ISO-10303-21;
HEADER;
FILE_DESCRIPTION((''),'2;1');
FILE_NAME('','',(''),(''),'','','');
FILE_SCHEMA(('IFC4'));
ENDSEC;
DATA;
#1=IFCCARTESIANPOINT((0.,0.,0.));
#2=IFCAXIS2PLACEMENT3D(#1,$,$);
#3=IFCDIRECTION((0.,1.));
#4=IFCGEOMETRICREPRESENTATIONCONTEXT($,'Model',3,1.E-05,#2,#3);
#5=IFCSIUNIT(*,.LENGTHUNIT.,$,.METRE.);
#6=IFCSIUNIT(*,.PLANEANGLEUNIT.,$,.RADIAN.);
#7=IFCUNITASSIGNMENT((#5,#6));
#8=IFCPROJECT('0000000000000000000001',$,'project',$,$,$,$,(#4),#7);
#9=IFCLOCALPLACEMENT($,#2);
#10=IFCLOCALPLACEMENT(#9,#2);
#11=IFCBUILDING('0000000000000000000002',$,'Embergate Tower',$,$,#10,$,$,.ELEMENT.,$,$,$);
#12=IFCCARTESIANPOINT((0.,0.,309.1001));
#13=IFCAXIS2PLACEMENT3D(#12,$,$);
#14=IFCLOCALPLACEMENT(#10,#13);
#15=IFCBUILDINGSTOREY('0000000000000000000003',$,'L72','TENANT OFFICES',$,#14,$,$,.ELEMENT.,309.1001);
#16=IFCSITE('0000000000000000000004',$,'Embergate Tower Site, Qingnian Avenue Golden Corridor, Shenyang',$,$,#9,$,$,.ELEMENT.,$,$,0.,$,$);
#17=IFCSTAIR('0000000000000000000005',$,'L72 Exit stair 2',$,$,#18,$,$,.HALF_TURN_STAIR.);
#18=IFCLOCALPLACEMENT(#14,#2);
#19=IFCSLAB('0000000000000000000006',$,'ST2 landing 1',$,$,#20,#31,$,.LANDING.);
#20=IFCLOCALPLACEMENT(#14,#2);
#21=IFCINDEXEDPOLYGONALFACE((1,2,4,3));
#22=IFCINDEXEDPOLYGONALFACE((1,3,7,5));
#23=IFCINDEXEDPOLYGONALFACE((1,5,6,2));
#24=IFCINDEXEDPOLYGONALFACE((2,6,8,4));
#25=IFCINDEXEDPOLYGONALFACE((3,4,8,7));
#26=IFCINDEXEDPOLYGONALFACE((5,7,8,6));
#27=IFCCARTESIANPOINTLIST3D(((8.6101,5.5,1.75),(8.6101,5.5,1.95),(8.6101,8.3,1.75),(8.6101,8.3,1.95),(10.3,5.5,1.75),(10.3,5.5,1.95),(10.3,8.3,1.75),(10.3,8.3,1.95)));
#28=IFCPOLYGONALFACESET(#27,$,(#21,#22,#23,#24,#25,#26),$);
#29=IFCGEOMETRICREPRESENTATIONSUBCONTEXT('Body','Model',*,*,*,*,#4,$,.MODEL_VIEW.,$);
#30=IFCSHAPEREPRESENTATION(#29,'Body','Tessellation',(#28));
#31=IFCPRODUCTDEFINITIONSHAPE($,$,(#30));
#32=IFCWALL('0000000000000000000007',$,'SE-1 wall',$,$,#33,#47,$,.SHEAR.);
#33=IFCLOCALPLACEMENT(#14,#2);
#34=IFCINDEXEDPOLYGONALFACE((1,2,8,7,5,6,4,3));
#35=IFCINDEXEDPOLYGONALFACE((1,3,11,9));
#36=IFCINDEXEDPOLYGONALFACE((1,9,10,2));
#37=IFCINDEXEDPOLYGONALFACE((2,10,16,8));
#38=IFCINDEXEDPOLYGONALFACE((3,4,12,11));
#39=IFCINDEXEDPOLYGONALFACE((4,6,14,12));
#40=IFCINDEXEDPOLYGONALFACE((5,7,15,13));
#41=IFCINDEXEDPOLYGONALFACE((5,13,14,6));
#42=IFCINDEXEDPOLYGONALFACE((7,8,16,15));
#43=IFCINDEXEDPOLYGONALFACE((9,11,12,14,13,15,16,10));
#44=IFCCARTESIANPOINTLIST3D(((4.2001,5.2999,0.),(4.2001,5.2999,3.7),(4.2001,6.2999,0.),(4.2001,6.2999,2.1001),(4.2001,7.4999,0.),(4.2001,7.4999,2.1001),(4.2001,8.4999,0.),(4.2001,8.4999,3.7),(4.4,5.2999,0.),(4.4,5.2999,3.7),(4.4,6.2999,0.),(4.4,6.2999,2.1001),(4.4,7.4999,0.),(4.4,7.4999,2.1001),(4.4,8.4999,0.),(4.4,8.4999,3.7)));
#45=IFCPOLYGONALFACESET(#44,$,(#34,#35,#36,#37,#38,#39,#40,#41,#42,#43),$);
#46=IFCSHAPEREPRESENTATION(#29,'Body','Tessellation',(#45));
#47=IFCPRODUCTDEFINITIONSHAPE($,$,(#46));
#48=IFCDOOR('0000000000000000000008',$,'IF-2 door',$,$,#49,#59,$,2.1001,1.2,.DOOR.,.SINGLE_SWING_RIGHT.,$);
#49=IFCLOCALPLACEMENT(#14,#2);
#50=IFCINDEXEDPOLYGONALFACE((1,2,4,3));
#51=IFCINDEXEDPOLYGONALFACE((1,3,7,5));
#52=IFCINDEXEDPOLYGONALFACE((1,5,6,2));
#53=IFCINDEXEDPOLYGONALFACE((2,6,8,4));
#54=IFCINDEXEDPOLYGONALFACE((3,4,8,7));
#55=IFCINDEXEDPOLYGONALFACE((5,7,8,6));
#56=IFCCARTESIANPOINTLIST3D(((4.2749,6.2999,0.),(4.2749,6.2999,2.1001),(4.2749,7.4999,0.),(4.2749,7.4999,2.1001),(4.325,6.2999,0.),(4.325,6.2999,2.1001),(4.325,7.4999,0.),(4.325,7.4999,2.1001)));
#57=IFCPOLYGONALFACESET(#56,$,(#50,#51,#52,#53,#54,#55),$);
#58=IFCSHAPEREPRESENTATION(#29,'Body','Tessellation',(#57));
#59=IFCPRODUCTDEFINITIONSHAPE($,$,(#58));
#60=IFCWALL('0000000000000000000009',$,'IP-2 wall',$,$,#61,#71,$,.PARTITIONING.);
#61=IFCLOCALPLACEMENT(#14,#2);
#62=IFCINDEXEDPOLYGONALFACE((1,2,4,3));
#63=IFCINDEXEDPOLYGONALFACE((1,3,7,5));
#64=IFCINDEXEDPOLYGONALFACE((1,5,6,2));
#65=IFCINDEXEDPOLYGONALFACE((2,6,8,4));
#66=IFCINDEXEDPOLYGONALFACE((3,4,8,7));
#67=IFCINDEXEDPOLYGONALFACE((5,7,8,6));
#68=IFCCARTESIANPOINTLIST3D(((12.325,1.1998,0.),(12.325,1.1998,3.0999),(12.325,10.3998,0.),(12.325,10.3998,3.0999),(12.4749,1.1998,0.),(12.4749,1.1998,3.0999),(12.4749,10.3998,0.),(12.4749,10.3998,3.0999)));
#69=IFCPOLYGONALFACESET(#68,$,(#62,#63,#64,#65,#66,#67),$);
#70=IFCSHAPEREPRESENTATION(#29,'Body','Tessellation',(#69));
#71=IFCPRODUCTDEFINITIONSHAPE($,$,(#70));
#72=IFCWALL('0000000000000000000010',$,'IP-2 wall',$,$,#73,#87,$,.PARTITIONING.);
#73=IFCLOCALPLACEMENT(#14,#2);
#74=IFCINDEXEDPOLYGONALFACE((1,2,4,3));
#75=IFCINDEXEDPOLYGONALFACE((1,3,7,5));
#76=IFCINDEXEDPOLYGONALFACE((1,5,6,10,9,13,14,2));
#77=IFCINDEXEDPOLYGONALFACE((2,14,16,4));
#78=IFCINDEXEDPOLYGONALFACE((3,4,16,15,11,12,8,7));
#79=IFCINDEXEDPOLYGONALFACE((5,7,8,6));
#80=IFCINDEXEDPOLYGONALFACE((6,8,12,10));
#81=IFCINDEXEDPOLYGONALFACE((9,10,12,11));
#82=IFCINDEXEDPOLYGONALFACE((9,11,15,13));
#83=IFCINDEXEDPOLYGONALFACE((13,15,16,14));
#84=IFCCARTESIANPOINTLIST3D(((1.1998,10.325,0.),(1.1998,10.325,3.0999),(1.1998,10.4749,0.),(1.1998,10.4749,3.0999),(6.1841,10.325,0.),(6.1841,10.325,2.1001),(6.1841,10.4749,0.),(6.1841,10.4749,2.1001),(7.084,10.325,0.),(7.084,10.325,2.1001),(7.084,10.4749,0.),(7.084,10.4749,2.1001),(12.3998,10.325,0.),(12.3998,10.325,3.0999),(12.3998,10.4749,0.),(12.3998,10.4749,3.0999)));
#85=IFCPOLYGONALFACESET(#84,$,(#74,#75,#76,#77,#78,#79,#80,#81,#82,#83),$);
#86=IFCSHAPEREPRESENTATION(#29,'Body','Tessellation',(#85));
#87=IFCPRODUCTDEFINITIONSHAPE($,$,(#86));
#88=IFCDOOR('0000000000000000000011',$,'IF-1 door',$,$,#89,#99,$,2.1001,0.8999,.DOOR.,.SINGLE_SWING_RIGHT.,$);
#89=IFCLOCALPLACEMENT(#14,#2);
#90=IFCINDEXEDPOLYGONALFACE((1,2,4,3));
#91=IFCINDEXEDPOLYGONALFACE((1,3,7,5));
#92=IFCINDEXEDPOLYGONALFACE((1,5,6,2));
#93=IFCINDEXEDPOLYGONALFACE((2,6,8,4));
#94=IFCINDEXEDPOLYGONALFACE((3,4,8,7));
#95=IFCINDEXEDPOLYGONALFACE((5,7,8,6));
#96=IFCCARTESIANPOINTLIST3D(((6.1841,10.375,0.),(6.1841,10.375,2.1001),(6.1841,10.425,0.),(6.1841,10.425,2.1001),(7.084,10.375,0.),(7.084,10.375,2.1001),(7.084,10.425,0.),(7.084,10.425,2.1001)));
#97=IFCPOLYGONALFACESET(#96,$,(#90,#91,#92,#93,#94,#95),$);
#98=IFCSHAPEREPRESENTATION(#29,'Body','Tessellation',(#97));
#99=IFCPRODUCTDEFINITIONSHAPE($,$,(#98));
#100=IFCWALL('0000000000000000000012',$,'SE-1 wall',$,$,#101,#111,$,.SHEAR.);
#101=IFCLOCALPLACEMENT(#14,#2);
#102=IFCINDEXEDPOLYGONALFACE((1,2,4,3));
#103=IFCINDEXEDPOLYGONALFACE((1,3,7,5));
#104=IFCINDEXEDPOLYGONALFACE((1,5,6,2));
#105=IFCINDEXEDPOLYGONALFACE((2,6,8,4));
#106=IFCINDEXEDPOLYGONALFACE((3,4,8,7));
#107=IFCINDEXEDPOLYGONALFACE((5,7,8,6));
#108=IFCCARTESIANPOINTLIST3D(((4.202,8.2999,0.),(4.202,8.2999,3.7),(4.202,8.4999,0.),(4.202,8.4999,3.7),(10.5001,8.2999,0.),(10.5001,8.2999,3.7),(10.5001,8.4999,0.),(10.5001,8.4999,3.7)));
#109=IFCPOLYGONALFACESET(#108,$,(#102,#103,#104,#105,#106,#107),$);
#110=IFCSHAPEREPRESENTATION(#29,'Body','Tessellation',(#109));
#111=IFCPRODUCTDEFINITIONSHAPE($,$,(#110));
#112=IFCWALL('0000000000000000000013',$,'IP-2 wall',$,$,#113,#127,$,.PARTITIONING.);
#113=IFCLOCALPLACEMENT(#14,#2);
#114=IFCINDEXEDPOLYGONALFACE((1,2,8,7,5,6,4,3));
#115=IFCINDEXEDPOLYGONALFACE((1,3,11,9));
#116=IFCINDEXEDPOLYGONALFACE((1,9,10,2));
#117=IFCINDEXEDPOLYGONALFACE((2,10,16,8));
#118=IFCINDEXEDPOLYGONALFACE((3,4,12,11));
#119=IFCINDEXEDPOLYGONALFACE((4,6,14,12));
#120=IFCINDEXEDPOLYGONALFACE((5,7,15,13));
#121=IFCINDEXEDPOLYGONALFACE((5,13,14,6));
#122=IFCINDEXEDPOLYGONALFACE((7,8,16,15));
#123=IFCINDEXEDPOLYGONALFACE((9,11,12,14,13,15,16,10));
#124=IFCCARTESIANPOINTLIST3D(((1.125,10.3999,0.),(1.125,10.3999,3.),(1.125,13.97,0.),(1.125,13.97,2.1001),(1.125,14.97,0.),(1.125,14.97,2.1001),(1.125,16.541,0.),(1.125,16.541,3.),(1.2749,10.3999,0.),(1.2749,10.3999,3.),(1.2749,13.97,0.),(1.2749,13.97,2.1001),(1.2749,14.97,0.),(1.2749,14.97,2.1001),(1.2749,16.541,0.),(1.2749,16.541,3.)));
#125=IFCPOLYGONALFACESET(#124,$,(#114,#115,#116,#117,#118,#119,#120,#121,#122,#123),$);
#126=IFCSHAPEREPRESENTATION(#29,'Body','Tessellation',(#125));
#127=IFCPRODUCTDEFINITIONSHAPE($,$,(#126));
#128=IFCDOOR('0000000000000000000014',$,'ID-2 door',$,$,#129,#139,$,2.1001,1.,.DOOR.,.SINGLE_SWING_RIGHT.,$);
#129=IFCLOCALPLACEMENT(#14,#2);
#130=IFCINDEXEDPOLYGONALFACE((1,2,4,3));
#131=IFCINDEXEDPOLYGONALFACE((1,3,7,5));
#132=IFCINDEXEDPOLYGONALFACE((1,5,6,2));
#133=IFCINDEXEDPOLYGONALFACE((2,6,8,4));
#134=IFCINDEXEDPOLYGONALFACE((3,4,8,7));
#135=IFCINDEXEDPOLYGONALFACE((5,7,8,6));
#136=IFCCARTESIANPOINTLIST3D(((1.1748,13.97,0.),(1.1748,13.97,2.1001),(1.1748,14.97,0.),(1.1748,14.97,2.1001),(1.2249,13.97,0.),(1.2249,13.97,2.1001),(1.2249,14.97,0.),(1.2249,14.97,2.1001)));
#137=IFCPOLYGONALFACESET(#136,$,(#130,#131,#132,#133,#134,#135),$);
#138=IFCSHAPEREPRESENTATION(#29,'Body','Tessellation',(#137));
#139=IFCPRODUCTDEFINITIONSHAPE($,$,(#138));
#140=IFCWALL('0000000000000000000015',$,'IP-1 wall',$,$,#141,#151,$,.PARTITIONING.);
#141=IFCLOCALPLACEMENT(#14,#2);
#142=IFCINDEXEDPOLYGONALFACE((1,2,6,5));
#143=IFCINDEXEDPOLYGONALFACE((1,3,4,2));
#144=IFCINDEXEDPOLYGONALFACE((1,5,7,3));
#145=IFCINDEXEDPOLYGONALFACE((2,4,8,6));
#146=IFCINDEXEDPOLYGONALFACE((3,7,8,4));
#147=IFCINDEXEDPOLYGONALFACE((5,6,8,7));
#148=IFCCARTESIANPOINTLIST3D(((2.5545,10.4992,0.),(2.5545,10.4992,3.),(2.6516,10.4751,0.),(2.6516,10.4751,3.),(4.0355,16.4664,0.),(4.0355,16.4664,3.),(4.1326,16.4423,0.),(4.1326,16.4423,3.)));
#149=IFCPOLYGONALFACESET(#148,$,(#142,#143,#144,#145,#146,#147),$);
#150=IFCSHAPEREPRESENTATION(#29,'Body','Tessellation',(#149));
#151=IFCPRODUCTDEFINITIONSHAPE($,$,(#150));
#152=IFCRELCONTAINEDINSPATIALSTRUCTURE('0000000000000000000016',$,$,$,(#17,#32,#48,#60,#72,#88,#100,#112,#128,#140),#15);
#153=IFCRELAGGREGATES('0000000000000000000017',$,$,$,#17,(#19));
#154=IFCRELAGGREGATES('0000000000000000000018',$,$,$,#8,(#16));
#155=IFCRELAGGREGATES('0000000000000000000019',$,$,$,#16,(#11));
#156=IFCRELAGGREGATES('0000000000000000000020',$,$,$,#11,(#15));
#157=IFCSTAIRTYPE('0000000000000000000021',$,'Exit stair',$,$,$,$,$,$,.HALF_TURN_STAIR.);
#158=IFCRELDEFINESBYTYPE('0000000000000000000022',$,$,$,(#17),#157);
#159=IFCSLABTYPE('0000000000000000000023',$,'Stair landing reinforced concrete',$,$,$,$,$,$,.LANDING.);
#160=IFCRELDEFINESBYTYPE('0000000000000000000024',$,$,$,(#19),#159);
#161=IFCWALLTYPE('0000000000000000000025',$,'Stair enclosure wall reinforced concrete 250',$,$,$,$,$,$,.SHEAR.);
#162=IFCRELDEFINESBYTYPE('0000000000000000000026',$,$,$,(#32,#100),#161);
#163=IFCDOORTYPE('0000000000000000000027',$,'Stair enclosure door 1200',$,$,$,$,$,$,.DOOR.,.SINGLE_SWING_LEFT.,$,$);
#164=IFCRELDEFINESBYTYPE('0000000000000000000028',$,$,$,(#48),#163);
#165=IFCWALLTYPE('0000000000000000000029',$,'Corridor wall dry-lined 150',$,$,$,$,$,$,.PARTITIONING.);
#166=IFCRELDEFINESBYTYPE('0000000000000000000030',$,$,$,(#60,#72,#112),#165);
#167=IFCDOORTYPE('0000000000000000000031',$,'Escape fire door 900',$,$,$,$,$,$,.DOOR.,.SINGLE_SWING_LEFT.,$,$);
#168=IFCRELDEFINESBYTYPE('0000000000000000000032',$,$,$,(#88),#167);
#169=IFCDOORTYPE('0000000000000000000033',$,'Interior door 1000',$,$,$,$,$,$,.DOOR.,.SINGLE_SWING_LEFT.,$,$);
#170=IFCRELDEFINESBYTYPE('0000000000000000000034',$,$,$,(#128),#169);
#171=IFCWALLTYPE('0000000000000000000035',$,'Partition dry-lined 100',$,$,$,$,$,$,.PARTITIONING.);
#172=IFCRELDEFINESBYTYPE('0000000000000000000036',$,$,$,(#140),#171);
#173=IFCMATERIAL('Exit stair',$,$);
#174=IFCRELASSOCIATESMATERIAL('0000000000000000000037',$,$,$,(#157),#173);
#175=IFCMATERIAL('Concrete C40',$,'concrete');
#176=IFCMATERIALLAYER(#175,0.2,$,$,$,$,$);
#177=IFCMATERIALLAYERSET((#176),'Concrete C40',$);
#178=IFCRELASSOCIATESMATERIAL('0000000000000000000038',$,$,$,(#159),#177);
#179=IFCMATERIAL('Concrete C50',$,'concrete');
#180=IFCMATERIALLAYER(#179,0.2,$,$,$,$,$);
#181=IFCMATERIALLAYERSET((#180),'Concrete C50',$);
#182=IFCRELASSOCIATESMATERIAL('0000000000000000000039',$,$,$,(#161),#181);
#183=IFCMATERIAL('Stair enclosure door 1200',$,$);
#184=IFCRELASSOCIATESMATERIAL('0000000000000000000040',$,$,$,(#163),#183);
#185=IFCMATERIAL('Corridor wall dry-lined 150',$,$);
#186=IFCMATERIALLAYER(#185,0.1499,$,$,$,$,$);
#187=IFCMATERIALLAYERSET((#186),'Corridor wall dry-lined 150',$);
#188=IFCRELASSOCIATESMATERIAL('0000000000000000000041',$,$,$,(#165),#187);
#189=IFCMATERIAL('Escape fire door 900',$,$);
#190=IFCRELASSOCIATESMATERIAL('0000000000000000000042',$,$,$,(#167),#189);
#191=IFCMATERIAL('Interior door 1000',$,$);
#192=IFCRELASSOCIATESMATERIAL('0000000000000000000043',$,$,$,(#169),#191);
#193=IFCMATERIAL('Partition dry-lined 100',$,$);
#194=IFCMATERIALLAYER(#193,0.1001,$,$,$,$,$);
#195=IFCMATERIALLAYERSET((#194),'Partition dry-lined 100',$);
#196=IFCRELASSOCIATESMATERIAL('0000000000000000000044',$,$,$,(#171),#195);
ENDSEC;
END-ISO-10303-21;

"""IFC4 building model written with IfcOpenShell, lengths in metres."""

from ifc_helpers import new_model, si_unit, direction, frame, frame_2d, origin, place, context, subcontext, project, spatial, polyline, rectangle, outline, extrude, source, transform, mapped, material, layer, layer_set, type_object, element, fill, aggregate, save


model = new_model("IFC4")

# Units and contexts
model_context = context("Model", 3, precision=1e-05, world=origin(), true_north=direction((0.0, 1.0)))
body_context = subcontext(model_context, "Body", "Model", "MODEL_VIEW")
ifc_project = project(units=[si_unit("LENGTHUNIT", "METRE"), si_unit("PLANEANGLEUNIT", "RADIAN")], contexts=[model_context])

# Site, building, storey
site_placement = place(None, origin())
site = spatial("IfcSite", under=ifc_project, at=site_placement, Name="Embergate Tower Site, Qingnian Avenue Golden Corridor, Shenyang", CompositionType="ELEMENT", RefElevation=0.0)
building_placement = place(site_placement, origin())
building = spatial("IfcBuilding", under=site, at=building_placement, Name="Embergate Tower", CompositionType="ELEMENT")
storey_placement = place(building_placement, frame((0.0, 0.0, 309.1001)))
storey = spatial("IfcBuildingStorey", under=building, at=storey_placement, Name="L72", Description="TENANT OFFICES", CompositionType="ELEMENT", Elevation=309.1001)

# Stair, slab
ifc_material_1 = material(Name="Exit stair")
stair_type = type_object("IfcStairType", Name="Exit stair", PredefinedType="HALF_TURN_STAIR", material=ifc_material_1)
stair_placement = place(storey_placement, origin())
stair = element("IfcStair", 1, at=stair_placement, inside=storey, type_object=stair_type, Name="L72 Exit stair 2", PredefinedType="HALF_TURN_STAIR")
ifc_material_2 = material(Name="Concrete C40", Category="concrete")
ifc_layer_1 = layer(ifc_material_2, 0.2)
ifc_layer_set_1 = layer_set([ifc_layer_1], Name="Concrete C40")
slab_type = type_object("IfcSlabType", Name="Stair landing reinforced concrete", PredefinedType="LANDING", material=ifc_layer_set_1)
shared_shape_1 = source(origin(), body_context, "Body", "SweptSolid", [
    extrude(outline(polyline([(0.0, 0.0), (1.6899, 0.0), (1.6899, 2.8), (0.0, 2.8), (0.0, 0.0)])), origin(), (0.0, 0.0, 1.0), 0.2),
])
slab_placement = place(storey_placement, frame((8.6101, 5.5, 1.75)))
slab = element("IfcSlab", 2, at=slab_placement, type_object=slab_type, Name="ST2 landing 1", PredefinedType="LANDING", context=body_context, shape_type="MappedRepresentation", body=[
    mapped(shared_shape_1, transform((0.0, 0.0, 0.0))),
])

# Wall, opening, door
ifc_material_3 = material(Name="Concrete C50", Category="concrete")
ifc_layer_2 = layer(ifc_material_3, 0.2)
ifc_layer_set_2 = layer_set([ifc_layer_2], Name="Concrete C50")
wall_type_1 = type_object("IfcWallType", Name="Stair enclosure wall reinforced concrete 250", PredefinedType="SHEAR", material=ifc_layer_set_2)
shared_shape_2 = source(origin(), body_context, "Body", "SweptSolid", [
    extrude(rectangle(XDim=3.2, YDim=0.2, at=frame_2d((1.6001, 0.0))), origin(), (0.0, 0.0, 1.0), 3.7),
])
wall_1_placement = place(storey_placement, frame((4.3, 8.5, 0.0), z_axis=(0.0, 0.0, 1.0), x_axis=(0.0, -1.0, 0.0)))
wall_1 = element("IfcWall", 3, at=wall_1_placement, inside=storey, type_object=wall_type_1, Name="SE-1 wall", PredefinedType="SHEAR", context=body_context, shape_type="MappedRepresentation", body=[
    mapped(shared_shape_2, transform((0.0, 0.0, 0.0))),
])
shared_shape_3 = source(origin(), body_context, "Body", "SweptSolid", [
    extrude(rectangle(XDim=1.2, YDim=2.1001, at=frame_2d((0.6001, 1.05))), frame((0.0, 0.1099, 0.0), z_axis=(0.0, -1.0, 0.0), x_axis=(1.0, 0.0, 0.0)), (0.0, 0.0, 1.0), 0.22),
])
opening_1_placement = place(wall_1_placement, frame((1.0, 0.0, 0.0)))
opening_1 = element("IfcOpeningElement", 4, at=opening_1_placement, cuts=wall_1, PredefinedType="OPENING", context=body_context, shape_type="MappedRepresentation", body=[
    mapped(shared_shape_3, transform((0.0, 0.0, 0.0))),
])
ifc_material_4 = material(Name="Stair enclosure door 1200")
door_type_1 = type_object("IfcDoorType", Name="Stair enclosure door 1200", OperationType="SINGLE_SWING_LEFT", PredefinedType="DOOR", material=ifc_material_4)
shared_shape_4 = source(origin(), body_context, "Body", "SweptSolid", [
    extrude(rectangle(XDim=1.2, YDim=2.1001, at=frame_2d((0.6001, 1.05))), frame((0.0, 0.0249, 0.0), z_axis=(0.0, -1.0, 0.0), x_axis=(1.0, 0.0, 0.0)), (0.0, 0.0, 1.0), 0.05),
])
door_1_placement = place(opening_1_placement, origin())
door_1 = element("IfcDoor", 5, at=door_1_placement, inside=storey, type_object=door_type_1, Name="IF-2 door", OperationType="SINGLE_SWING_RIGHT", OverallHeight=2.1001, OverallWidth=1.2, PredefinedType="DOOR", context=body_context, shape_type="MappedRepresentation", body=[
    mapped(shared_shape_4, transform((0.0, 0.0, 0.0))),
])
fill(opening_1, door_1)

# Wall
ifc_material_5 = material(Name="Corridor wall dry-lined 150")
ifc_layer_3 = layer(ifc_material_5, 0.1499)
ifc_layer_set_3 = layer_set([ifc_layer_3], Name="Corridor wall dry-lined 150")
wall_type_2 = type_object("IfcWallType", Name="Corridor wall dry-lined 150", PredefinedType="PARTITIONING", material=ifc_layer_set_3)
shared_shape_5 = source(origin(), body_context, "Body", "SweptSolid", [
    extrude(rectangle(XDim=9.2, YDim=0.1499, at=frame_2d((4.6001, 0.0))), origin(), (0.0, 0.0, 1.0), 3.0999),
])
wall_2_placement = place(storey_placement, frame((12.3999, 10.3999, 0.0), z_axis=(0.0, 0.0, 1.0), x_axis=(0.0, -1.0, 0.0)))
element("IfcWall", 6, at=wall_2_placement, inside=storey, type_object=wall_type_2, Name="IP-2 wall", PredefinedType="PARTITIONING", context=body_context, shape_type="MappedRepresentation", body=[
    mapped(shared_shape_5, transform((0.0, 0.0, 0.0))),
])

# Wall, opening, door
shared_shape_6 = source(origin(), body_context, "Body", "SweptSolid", [
    extrude(rectangle(XDim=11.2, YDim=0.1499, at=frame_2d((5.6001, 0.0))), origin(), (0.0, 0.0, 1.0), 3.0999),
])
wall_3_placement = place(storey_placement, frame((12.3999, 10.3999, 0.0), z_axis=(0.0, 0.0, 1.0), x_axis=(-1.0, 0.0, 0.0)))
wall_3 = element("IfcWall", 7, at=wall_3_placement, inside=storey, type_object=wall_type_2, Name="IP-2 wall", PredefinedType="PARTITIONING", context=body_context, shape_type="MappedRepresentation", body=[
    mapped(shared_shape_6, transform((0.0, 0.0, 0.0))),
])
shared_shape_7 = source(origin(), body_context, "Body", "SweptSolid", [
    extrude(rectangle(XDim=0.8999, YDim=2.1001, at=frame_2d((0.45, 1.05))), frame((0.0, 0.085, 0.0), z_axis=(0.0, -1.0, 0.0), x_axis=(1.0, 0.0, 0.0)), (0.0, 0.0, 1.0), 0.1699),
])
opening_2_placement = place(wall_3_placement, frame((5.3159, 0.0, 0.0)))
opening_2 = element("IfcOpeningElement", 8, at=opening_2_placement, cuts=wall_3, PredefinedType="OPENING", context=body_context, shape_type="MappedRepresentation", body=[
    mapped(shared_shape_7, transform((0.0, 0.0, 0.0))),
])
ifc_material_6 = material(Name="Escape fire door 900")
door_type_2 = type_object("IfcDoorType", Name="Escape fire door 900", OperationType="SINGLE_SWING_LEFT", PredefinedType="DOOR", material=ifc_material_6)
shared_shape_8 = source(origin(), body_context, "Body", "SweptSolid", [
    extrude(rectangle(XDim=0.8999, YDim=2.1001, at=frame_2d((0.45, 1.05))), frame((0.0, 0.0249, 0.0), z_axis=(0.0, -1.0, 0.0), x_axis=(1.0, 0.0, 0.0)), (0.0, 0.0, 1.0), 0.05),
])
door_2_placement = place(opening_2_placement, origin())
door_2 = element("IfcDoor", 9, at=door_2_placement, inside=storey, type_object=door_type_2, Name="IF-1 door", OperationType="SINGLE_SWING_RIGHT", OverallHeight=2.1001, OverallWidth=0.8999, PredefinedType="DOOR", context=body_context, shape_type="MappedRepresentation", body=[
    mapped(shared_shape_8, transform((0.0, 0.0, 0.0))),
])
fill(opening_2, door_2)

# Wall
shared_shape_9 = source(origin(), body_context, "Body", "SweptSolid", [
    extrude(rectangle(XDim=6.2981, YDim=0.2, at=frame_2d((3.1489, 0.0))), origin(), (0.0, 0.0, 1.0), 3.7),
])
wall_4_placement = place(storey_placement, frame((10.5, 8.3999, 0.0), z_axis=(0.0, 0.0, 1.0), x_axis=(-1.0, 0.0, 0.0)))
element("IfcWall", 10, at=wall_4_placement, inside=storey, type_object=wall_type_1, Name="SE-1 wall", PredefinedType="SHEAR", context=body_context, shape_type="MappedRepresentation", body=[
    mapped(shared_shape_9, transform((0.0, 0.0, 0.0))),
])

# Wall, opening, door
shared_shape_10 = source(origin(), body_context, "Body", "SweptSolid", [
    extrude(rectangle(XDim=6.1411, YDim=0.1499, at=frame_2d((3.0706, 0.0))), origin(), (0.0, 0.0, 1.0), 3.0),
])
wall_5_placement = place(storey_placement, frame((1.2, 16.541, 0.0), z_axis=(0.0, 0.0, 1.0), x_axis=(0.0, -1.0, 0.0)))
wall_5 = element("IfcWall", 11, at=wall_5_placement, inside=storey, type_object=wall_type_2, Name="IP-2 wall", PredefinedType="PARTITIONING", context=body_context, shape_type="MappedRepresentation", body=[
    mapped(shared_shape_10, transform((0.0, 0.0, 0.0))),
])
shared_shape_11 = source(origin(), body_context, "Body", "SweptSolid", [
    extrude(rectangle(XDim=1.0, YDim=2.1001, at=frame_2d((0.5, 1.05))), frame((0.0, 0.085, 0.0), z_axis=(0.0, -1.0, 0.0), x_axis=(1.0, 0.0, 0.0)), (0.0, 0.0, 1.0), 0.1699),
])
opening_3_placement = place(wall_5_placement, frame((1.571, 0.0, 0.0)))
opening_3 = element("IfcOpeningElement", 12, at=opening_3_placement, cuts=wall_5, PredefinedType="OPENING", context=body_context, shape_type="MappedRepresentation", body=[
    mapped(shared_shape_11, transform((0.0, 0.0, 0.0))),
])
ifc_material_7 = material(Name="Interior door 1000")
door_type_3 = type_object("IfcDoorType", Name="Interior door 1000", OperationType="SINGLE_SWING_LEFT", PredefinedType="DOOR", material=ifc_material_7)
shared_shape_12 = source(origin(), body_context, "Body", "SweptSolid", [
    extrude(rectangle(XDim=1.0, YDim=2.1001, at=frame_2d((0.5, 1.05))), frame((0.0, 0.0249, 0.0), z_axis=(0.0, -1.0, 0.0), x_axis=(1.0, 0.0, 0.0)), (0.0, 0.0, 1.0), 0.05),
])
door_3_placement = place(opening_3_placement, origin())
door_3 = element("IfcDoor", 13, at=door_3_placement, inside=storey, type_object=door_type_3, Name="ID-2 door", OperationType="SINGLE_SWING_RIGHT", OverallHeight=2.1001, OverallWidth=1.0, PredefinedType="DOOR", context=body_context, shape_type="MappedRepresentation", body=[
    mapped(shared_shape_12, transform((0.0, 0.0, 0.0))),
])
fill(opening_3, door_3)

# Wall
ifc_material_8 = material(Name="Partition dry-lined 100")
ifc_layer_4 = layer(ifc_material_8, 0.1001)
ifc_layer_set_4 = layer_set([ifc_layer_4], Name="Partition dry-lined 100")
wall_type_3 = type_object("IfcWallType", Name="Partition dry-lined 100", PredefinedType="PARTITIONING", material=ifc_layer_set_4)
shared_shape_13 = source(origin(), body_context, "Body", "SweptSolid", [
    extrude(rectangle(XDim=6.1482, YDim=0.1001, at=frame_2d((3.0742, 0.0))), origin(), (0.0, 0.0, 1.0), 3.0),
])
wall_6_placement = place(storey_placement, frame((2.603, 10.4871, 0.0), z_axis=(0.0, 0.0, 1.0), x_axis=(0.240881, 0.970555, 0.0)))
element("IfcWall", 14, at=wall_6_placement, inside=storey, type_object=wall_type_3, Name="IP-1 wall", PredefinedType="PARTITIONING", context=body_context, shape_type="MappedRepresentation", body=[
    mapped(shared_shape_13, transform((0.0, 0.0, 0.0))),
])

aggregate(stair, [slab])

save(model, "model.ifc")
